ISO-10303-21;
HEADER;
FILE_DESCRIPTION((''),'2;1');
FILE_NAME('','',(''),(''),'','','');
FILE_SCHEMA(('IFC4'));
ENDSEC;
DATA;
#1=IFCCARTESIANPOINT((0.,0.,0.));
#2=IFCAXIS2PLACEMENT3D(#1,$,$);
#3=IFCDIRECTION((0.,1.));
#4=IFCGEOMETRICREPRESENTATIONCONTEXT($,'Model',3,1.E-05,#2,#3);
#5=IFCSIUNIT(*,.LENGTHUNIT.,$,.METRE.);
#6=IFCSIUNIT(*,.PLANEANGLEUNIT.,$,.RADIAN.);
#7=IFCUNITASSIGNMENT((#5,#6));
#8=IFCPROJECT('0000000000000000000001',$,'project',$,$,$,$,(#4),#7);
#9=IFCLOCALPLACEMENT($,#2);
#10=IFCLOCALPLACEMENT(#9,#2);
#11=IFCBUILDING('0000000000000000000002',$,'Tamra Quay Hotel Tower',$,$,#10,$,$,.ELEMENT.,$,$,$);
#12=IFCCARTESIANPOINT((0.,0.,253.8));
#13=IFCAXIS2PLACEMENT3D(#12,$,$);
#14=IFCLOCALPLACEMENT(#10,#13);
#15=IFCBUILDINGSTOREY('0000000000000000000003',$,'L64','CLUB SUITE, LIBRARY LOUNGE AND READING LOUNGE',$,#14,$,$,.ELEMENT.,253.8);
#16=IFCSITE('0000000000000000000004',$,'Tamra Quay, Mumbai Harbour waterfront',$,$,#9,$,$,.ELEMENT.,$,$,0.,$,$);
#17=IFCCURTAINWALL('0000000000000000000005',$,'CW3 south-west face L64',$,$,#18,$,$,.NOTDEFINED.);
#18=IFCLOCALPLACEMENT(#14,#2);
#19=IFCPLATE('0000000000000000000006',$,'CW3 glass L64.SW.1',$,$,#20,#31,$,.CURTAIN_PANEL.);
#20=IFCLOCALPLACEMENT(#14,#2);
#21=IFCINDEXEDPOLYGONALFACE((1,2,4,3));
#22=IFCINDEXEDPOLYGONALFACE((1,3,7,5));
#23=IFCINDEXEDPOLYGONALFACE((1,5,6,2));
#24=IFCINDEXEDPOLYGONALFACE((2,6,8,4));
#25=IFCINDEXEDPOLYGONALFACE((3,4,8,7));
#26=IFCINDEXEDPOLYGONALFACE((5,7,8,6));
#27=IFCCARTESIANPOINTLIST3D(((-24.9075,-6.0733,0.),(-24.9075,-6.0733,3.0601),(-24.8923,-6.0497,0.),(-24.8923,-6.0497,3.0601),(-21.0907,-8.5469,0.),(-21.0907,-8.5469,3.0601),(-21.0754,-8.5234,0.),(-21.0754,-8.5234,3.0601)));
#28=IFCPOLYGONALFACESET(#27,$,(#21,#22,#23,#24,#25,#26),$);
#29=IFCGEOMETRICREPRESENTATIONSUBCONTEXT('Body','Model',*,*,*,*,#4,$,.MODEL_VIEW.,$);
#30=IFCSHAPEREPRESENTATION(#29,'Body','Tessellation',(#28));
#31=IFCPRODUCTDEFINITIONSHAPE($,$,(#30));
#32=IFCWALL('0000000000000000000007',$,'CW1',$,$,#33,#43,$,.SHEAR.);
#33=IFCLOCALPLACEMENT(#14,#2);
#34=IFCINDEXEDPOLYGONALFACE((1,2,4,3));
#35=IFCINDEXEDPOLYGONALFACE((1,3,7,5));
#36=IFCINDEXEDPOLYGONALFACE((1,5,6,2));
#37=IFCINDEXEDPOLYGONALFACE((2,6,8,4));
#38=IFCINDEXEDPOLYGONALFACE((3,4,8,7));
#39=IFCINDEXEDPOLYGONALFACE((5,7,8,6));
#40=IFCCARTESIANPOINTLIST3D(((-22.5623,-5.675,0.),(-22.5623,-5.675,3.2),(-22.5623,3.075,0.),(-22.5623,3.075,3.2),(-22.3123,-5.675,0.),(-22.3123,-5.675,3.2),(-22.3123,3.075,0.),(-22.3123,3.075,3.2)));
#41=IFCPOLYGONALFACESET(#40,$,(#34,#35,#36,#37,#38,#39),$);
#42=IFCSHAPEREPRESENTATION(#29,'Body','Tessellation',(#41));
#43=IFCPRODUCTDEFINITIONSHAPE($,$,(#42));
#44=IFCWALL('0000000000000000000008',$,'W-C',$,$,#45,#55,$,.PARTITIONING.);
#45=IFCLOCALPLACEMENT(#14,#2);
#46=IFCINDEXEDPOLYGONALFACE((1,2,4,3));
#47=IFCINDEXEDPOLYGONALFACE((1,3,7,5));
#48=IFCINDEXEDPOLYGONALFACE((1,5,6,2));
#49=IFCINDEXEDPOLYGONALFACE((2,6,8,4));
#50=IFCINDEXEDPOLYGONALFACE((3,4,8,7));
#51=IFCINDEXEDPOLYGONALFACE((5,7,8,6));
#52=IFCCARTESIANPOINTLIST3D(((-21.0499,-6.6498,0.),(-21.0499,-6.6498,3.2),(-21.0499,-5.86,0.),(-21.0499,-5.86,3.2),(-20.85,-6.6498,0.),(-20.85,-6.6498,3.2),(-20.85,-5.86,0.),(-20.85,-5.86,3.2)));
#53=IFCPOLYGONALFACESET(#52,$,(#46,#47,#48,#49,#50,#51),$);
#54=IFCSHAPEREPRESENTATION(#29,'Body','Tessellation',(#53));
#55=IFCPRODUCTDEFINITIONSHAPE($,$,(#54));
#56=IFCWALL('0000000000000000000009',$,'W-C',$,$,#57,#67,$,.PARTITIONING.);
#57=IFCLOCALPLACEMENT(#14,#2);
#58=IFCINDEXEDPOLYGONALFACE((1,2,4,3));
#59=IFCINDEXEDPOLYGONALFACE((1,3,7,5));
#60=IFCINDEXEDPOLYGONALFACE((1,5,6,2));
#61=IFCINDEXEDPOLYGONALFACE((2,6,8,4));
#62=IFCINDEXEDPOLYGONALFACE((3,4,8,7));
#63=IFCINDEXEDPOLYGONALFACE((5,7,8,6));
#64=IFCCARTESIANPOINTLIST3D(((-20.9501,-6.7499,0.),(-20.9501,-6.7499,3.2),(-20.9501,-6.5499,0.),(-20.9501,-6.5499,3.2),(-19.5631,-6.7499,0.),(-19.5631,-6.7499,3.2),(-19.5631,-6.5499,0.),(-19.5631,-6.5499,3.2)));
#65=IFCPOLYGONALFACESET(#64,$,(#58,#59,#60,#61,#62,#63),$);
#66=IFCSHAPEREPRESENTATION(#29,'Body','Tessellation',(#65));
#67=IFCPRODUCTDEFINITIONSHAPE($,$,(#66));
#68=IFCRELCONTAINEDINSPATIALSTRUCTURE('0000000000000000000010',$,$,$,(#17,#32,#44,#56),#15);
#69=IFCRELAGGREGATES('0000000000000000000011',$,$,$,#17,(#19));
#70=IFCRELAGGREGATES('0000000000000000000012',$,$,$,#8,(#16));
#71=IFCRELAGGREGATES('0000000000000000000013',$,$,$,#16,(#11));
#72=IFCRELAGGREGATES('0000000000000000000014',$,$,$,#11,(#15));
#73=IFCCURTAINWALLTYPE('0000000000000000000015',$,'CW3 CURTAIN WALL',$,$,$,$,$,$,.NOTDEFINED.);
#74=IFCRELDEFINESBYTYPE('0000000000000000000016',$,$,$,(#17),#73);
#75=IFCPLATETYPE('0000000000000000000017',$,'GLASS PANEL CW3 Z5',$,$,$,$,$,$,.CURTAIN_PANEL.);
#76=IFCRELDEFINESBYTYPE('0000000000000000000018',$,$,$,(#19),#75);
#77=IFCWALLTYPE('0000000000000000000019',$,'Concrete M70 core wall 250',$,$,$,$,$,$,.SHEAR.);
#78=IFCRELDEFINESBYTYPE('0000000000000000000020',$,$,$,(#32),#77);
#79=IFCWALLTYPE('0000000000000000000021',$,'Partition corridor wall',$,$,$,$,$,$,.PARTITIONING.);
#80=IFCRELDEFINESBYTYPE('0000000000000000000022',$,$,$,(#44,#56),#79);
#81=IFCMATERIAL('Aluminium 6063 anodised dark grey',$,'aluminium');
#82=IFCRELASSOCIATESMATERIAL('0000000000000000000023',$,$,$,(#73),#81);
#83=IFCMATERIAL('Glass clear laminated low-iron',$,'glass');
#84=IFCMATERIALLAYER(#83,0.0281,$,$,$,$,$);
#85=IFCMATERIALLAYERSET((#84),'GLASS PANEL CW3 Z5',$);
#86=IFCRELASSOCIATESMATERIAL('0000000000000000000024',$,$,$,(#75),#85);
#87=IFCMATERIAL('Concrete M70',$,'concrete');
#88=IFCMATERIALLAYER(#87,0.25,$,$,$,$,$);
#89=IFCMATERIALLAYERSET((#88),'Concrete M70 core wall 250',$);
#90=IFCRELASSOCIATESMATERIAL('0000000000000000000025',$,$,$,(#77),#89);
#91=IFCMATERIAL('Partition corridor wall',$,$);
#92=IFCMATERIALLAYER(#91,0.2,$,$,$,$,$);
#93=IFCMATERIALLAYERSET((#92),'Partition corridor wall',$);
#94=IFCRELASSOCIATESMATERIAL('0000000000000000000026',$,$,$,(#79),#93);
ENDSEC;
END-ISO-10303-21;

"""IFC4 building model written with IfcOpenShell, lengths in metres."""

from ifc_helpers import new_model, si_unit, direction, frame, frame_2d, origin, origin_2d, place, context, subcontext, project, spatial, rectangle, extrude, material, layer, layer_set, type_object, element, aggregate, save


model = new_model("IFC4")

# Units and contexts
model_context = context("Model", 3, precision=1e-05, world=origin(), true_north=direction((0.0, 1.0)))
body_context = subcontext(model_context, "Body", "Model", "MODEL_VIEW")
ifc_project = project(units=[si_unit("LENGTHUNIT", "METRE"), si_unit("PLANEANGLEUNIT", "RADIAN")], contexts=[model_context])

# Site, building, storey
site_placement = place(None, origin())
site = spatial("IfcSite", under=ifc_project, at=site_placement, Name="Tamra Quay, Mumbai Harbour waterfront", CompositionType="ELEMENT", RefElevation=0.0)
building_placement = place(site_placement, origin())
building = spatial("IfcBuilding", under=site, at=building_placement, Name="Tamra Quay Hotel Tower", CompositionType="ELEMENT")
storey_placement = place(building_placement, frame((0.0, 0.0, 253.8)))
storey = spatial("IfcBuildingStorey", under=building, at=storey_placement, Name="L64", Description="CLUB SUITE, LIBRARY LOUNGE AND READING LOUNGE", CompositionType="ELEMENT", Elevation=253.8)

# Shared definitions
ifc_material_1 = material(Name="Concrete M70", Category="concrete")

# Shared definitions
ifc_material_2 = material(Name="Aluminium 6063 anodised dark grey", Category="aluminium")

# Curtain wall
curtain_wall_type_1 = type_object("IfcCurtainWallType", Name="CW3 CURTAIN WALL", PredefinedType="NOTDEFINED", material=ifc_material_2)
curtain_wall_1_placement = place(storey_placement, origin())
curtain_wall_1 = element("IfcCurtainWall", 1, at=curtain_wall_1_placement, inside=storey, type_object=curtain_wall_type_1, Name="CW3 south-west face L64", PredefinedType="NOTDEFINED")

# Plate
ifc_material_3 = material(Name="Glass clear laminated low-iron", Category="glass")
ifc_layer_1 = layer(ifc_material_3, 0.0281)
ifc_layer_set_1 = layer_set([ifc_layer_1], Name="GLASS PANEL CW3 Z5")
plate_type_1 = type_object("IfcPlateType", Name="GLASS PANEL CW3 Z5", PredefinedType="CURTAIN_PANEL", material=ifc_layer_set_1)
plate_1_placement = place(storey_placement, frame((-22.9915, -7.2983, 0.0), z_axis=(0.0, 0.0, 1.0), x_axis=(0.839179, -0.543856, 0.0)))
plate_1 = element("IfcPlate", 2, at=plate_1_placement, type_object=plate_type_1, Name="CW3 glass L64.SW.1", PredefinedType="CURTAIN_PANEL", context=body_context, shape_type="SweptSolid", body=[
    extrude(rectangle(XDim=4.5483, YDim=0.0281, at=origin_2d()), origin(), (0.0, 0.0, 1.0), 3.0601),
])
aggregate(curtain_wall_1, [plate_1])

# Walls
ifc_layer_2 = layer(ifc_material_1, 0.25)
ifc_layer_set_2 = layer_set([ifc_layer_2], Name="Concrete M70 core wall 250")
wall_type_1 = type_object("IfcWallType", Name="Concrete M70 core wall 250", PredefinedType="SHEAR", material=ifc_layer_set_2)
wall_1_placement = place(storey_placement, frame((-22.4373, -5.675, 0.0), z_axis=(0.0, 0.0, 1.0), x_axis=(0.0, 1.0, 0.0)))
element("IfcWall", 3, at=wall_1_placement, inside=storey, type_object=wall_type_1, Name="CW1", PredefinedType="SHEAR", context=body_context, shape_type="SweptSolid", body=[
    extrude(rectangle(XDim=8.75, YDim=0.25, at=frame_2d((4.375, 0.0))), origin(), (0.0, 0.0, 1.0), 3.2),
])
ifc_material_4 = material(Name="Partition corridor wall")
ifc_layer_3 = layer(ifc_material_4, 0.2)
ifc_layer_set_3 = layer_set([ifc_layer_3], Name="Partition corridor wall")
wall_type_2 = type_object("IfcWallType", Name="Partition corridor wall", PredefinedType="PARTITIONING", material=ifc_layer_set_3)
wall_2_placement = place(storey_placement, frame((-20.95, -6.6499, 0.0), z_axis=(0.0, 0.0, 1.0), x_axis=(0.0, 1.0, 0.0)))
element("IfcWall", 4, at=wall_2_placement, inside=storey, type_object=wall_type_2, Name="W-C", PredefinedType="PARTITIONING", context=body_context, shape_type="SweptSolid", body=[
    extrude(rectangle(XDim=0.7898, YDim=0.2, at=frame_2d((0.395, 0.0))), origin(), (0.0, 0.0, 1.0), 3.2),
])
wall_3_placement = place(storey_placement, frame((-20.95, -6.6499, 0.0), z_axis=(0.0, 0.0, 1.0), x_axis=(1.0, 0.0, 0.0)))
element("IfcWall", 5, at=wall_3_placement, inside=storey, type_object=wall_type_2, Name="W-C", PredefinedType="PARTITIONING", context=body_context, shape_type="SweptSolid", body=[
    extrude(rectangle(XDim=1.387, YDim=0.2, at=frame_2d((0.6934, 0.0))), origin(), (0.0, 0.0, 1.0), 3.2),
])

save(model, "model.ifc")
